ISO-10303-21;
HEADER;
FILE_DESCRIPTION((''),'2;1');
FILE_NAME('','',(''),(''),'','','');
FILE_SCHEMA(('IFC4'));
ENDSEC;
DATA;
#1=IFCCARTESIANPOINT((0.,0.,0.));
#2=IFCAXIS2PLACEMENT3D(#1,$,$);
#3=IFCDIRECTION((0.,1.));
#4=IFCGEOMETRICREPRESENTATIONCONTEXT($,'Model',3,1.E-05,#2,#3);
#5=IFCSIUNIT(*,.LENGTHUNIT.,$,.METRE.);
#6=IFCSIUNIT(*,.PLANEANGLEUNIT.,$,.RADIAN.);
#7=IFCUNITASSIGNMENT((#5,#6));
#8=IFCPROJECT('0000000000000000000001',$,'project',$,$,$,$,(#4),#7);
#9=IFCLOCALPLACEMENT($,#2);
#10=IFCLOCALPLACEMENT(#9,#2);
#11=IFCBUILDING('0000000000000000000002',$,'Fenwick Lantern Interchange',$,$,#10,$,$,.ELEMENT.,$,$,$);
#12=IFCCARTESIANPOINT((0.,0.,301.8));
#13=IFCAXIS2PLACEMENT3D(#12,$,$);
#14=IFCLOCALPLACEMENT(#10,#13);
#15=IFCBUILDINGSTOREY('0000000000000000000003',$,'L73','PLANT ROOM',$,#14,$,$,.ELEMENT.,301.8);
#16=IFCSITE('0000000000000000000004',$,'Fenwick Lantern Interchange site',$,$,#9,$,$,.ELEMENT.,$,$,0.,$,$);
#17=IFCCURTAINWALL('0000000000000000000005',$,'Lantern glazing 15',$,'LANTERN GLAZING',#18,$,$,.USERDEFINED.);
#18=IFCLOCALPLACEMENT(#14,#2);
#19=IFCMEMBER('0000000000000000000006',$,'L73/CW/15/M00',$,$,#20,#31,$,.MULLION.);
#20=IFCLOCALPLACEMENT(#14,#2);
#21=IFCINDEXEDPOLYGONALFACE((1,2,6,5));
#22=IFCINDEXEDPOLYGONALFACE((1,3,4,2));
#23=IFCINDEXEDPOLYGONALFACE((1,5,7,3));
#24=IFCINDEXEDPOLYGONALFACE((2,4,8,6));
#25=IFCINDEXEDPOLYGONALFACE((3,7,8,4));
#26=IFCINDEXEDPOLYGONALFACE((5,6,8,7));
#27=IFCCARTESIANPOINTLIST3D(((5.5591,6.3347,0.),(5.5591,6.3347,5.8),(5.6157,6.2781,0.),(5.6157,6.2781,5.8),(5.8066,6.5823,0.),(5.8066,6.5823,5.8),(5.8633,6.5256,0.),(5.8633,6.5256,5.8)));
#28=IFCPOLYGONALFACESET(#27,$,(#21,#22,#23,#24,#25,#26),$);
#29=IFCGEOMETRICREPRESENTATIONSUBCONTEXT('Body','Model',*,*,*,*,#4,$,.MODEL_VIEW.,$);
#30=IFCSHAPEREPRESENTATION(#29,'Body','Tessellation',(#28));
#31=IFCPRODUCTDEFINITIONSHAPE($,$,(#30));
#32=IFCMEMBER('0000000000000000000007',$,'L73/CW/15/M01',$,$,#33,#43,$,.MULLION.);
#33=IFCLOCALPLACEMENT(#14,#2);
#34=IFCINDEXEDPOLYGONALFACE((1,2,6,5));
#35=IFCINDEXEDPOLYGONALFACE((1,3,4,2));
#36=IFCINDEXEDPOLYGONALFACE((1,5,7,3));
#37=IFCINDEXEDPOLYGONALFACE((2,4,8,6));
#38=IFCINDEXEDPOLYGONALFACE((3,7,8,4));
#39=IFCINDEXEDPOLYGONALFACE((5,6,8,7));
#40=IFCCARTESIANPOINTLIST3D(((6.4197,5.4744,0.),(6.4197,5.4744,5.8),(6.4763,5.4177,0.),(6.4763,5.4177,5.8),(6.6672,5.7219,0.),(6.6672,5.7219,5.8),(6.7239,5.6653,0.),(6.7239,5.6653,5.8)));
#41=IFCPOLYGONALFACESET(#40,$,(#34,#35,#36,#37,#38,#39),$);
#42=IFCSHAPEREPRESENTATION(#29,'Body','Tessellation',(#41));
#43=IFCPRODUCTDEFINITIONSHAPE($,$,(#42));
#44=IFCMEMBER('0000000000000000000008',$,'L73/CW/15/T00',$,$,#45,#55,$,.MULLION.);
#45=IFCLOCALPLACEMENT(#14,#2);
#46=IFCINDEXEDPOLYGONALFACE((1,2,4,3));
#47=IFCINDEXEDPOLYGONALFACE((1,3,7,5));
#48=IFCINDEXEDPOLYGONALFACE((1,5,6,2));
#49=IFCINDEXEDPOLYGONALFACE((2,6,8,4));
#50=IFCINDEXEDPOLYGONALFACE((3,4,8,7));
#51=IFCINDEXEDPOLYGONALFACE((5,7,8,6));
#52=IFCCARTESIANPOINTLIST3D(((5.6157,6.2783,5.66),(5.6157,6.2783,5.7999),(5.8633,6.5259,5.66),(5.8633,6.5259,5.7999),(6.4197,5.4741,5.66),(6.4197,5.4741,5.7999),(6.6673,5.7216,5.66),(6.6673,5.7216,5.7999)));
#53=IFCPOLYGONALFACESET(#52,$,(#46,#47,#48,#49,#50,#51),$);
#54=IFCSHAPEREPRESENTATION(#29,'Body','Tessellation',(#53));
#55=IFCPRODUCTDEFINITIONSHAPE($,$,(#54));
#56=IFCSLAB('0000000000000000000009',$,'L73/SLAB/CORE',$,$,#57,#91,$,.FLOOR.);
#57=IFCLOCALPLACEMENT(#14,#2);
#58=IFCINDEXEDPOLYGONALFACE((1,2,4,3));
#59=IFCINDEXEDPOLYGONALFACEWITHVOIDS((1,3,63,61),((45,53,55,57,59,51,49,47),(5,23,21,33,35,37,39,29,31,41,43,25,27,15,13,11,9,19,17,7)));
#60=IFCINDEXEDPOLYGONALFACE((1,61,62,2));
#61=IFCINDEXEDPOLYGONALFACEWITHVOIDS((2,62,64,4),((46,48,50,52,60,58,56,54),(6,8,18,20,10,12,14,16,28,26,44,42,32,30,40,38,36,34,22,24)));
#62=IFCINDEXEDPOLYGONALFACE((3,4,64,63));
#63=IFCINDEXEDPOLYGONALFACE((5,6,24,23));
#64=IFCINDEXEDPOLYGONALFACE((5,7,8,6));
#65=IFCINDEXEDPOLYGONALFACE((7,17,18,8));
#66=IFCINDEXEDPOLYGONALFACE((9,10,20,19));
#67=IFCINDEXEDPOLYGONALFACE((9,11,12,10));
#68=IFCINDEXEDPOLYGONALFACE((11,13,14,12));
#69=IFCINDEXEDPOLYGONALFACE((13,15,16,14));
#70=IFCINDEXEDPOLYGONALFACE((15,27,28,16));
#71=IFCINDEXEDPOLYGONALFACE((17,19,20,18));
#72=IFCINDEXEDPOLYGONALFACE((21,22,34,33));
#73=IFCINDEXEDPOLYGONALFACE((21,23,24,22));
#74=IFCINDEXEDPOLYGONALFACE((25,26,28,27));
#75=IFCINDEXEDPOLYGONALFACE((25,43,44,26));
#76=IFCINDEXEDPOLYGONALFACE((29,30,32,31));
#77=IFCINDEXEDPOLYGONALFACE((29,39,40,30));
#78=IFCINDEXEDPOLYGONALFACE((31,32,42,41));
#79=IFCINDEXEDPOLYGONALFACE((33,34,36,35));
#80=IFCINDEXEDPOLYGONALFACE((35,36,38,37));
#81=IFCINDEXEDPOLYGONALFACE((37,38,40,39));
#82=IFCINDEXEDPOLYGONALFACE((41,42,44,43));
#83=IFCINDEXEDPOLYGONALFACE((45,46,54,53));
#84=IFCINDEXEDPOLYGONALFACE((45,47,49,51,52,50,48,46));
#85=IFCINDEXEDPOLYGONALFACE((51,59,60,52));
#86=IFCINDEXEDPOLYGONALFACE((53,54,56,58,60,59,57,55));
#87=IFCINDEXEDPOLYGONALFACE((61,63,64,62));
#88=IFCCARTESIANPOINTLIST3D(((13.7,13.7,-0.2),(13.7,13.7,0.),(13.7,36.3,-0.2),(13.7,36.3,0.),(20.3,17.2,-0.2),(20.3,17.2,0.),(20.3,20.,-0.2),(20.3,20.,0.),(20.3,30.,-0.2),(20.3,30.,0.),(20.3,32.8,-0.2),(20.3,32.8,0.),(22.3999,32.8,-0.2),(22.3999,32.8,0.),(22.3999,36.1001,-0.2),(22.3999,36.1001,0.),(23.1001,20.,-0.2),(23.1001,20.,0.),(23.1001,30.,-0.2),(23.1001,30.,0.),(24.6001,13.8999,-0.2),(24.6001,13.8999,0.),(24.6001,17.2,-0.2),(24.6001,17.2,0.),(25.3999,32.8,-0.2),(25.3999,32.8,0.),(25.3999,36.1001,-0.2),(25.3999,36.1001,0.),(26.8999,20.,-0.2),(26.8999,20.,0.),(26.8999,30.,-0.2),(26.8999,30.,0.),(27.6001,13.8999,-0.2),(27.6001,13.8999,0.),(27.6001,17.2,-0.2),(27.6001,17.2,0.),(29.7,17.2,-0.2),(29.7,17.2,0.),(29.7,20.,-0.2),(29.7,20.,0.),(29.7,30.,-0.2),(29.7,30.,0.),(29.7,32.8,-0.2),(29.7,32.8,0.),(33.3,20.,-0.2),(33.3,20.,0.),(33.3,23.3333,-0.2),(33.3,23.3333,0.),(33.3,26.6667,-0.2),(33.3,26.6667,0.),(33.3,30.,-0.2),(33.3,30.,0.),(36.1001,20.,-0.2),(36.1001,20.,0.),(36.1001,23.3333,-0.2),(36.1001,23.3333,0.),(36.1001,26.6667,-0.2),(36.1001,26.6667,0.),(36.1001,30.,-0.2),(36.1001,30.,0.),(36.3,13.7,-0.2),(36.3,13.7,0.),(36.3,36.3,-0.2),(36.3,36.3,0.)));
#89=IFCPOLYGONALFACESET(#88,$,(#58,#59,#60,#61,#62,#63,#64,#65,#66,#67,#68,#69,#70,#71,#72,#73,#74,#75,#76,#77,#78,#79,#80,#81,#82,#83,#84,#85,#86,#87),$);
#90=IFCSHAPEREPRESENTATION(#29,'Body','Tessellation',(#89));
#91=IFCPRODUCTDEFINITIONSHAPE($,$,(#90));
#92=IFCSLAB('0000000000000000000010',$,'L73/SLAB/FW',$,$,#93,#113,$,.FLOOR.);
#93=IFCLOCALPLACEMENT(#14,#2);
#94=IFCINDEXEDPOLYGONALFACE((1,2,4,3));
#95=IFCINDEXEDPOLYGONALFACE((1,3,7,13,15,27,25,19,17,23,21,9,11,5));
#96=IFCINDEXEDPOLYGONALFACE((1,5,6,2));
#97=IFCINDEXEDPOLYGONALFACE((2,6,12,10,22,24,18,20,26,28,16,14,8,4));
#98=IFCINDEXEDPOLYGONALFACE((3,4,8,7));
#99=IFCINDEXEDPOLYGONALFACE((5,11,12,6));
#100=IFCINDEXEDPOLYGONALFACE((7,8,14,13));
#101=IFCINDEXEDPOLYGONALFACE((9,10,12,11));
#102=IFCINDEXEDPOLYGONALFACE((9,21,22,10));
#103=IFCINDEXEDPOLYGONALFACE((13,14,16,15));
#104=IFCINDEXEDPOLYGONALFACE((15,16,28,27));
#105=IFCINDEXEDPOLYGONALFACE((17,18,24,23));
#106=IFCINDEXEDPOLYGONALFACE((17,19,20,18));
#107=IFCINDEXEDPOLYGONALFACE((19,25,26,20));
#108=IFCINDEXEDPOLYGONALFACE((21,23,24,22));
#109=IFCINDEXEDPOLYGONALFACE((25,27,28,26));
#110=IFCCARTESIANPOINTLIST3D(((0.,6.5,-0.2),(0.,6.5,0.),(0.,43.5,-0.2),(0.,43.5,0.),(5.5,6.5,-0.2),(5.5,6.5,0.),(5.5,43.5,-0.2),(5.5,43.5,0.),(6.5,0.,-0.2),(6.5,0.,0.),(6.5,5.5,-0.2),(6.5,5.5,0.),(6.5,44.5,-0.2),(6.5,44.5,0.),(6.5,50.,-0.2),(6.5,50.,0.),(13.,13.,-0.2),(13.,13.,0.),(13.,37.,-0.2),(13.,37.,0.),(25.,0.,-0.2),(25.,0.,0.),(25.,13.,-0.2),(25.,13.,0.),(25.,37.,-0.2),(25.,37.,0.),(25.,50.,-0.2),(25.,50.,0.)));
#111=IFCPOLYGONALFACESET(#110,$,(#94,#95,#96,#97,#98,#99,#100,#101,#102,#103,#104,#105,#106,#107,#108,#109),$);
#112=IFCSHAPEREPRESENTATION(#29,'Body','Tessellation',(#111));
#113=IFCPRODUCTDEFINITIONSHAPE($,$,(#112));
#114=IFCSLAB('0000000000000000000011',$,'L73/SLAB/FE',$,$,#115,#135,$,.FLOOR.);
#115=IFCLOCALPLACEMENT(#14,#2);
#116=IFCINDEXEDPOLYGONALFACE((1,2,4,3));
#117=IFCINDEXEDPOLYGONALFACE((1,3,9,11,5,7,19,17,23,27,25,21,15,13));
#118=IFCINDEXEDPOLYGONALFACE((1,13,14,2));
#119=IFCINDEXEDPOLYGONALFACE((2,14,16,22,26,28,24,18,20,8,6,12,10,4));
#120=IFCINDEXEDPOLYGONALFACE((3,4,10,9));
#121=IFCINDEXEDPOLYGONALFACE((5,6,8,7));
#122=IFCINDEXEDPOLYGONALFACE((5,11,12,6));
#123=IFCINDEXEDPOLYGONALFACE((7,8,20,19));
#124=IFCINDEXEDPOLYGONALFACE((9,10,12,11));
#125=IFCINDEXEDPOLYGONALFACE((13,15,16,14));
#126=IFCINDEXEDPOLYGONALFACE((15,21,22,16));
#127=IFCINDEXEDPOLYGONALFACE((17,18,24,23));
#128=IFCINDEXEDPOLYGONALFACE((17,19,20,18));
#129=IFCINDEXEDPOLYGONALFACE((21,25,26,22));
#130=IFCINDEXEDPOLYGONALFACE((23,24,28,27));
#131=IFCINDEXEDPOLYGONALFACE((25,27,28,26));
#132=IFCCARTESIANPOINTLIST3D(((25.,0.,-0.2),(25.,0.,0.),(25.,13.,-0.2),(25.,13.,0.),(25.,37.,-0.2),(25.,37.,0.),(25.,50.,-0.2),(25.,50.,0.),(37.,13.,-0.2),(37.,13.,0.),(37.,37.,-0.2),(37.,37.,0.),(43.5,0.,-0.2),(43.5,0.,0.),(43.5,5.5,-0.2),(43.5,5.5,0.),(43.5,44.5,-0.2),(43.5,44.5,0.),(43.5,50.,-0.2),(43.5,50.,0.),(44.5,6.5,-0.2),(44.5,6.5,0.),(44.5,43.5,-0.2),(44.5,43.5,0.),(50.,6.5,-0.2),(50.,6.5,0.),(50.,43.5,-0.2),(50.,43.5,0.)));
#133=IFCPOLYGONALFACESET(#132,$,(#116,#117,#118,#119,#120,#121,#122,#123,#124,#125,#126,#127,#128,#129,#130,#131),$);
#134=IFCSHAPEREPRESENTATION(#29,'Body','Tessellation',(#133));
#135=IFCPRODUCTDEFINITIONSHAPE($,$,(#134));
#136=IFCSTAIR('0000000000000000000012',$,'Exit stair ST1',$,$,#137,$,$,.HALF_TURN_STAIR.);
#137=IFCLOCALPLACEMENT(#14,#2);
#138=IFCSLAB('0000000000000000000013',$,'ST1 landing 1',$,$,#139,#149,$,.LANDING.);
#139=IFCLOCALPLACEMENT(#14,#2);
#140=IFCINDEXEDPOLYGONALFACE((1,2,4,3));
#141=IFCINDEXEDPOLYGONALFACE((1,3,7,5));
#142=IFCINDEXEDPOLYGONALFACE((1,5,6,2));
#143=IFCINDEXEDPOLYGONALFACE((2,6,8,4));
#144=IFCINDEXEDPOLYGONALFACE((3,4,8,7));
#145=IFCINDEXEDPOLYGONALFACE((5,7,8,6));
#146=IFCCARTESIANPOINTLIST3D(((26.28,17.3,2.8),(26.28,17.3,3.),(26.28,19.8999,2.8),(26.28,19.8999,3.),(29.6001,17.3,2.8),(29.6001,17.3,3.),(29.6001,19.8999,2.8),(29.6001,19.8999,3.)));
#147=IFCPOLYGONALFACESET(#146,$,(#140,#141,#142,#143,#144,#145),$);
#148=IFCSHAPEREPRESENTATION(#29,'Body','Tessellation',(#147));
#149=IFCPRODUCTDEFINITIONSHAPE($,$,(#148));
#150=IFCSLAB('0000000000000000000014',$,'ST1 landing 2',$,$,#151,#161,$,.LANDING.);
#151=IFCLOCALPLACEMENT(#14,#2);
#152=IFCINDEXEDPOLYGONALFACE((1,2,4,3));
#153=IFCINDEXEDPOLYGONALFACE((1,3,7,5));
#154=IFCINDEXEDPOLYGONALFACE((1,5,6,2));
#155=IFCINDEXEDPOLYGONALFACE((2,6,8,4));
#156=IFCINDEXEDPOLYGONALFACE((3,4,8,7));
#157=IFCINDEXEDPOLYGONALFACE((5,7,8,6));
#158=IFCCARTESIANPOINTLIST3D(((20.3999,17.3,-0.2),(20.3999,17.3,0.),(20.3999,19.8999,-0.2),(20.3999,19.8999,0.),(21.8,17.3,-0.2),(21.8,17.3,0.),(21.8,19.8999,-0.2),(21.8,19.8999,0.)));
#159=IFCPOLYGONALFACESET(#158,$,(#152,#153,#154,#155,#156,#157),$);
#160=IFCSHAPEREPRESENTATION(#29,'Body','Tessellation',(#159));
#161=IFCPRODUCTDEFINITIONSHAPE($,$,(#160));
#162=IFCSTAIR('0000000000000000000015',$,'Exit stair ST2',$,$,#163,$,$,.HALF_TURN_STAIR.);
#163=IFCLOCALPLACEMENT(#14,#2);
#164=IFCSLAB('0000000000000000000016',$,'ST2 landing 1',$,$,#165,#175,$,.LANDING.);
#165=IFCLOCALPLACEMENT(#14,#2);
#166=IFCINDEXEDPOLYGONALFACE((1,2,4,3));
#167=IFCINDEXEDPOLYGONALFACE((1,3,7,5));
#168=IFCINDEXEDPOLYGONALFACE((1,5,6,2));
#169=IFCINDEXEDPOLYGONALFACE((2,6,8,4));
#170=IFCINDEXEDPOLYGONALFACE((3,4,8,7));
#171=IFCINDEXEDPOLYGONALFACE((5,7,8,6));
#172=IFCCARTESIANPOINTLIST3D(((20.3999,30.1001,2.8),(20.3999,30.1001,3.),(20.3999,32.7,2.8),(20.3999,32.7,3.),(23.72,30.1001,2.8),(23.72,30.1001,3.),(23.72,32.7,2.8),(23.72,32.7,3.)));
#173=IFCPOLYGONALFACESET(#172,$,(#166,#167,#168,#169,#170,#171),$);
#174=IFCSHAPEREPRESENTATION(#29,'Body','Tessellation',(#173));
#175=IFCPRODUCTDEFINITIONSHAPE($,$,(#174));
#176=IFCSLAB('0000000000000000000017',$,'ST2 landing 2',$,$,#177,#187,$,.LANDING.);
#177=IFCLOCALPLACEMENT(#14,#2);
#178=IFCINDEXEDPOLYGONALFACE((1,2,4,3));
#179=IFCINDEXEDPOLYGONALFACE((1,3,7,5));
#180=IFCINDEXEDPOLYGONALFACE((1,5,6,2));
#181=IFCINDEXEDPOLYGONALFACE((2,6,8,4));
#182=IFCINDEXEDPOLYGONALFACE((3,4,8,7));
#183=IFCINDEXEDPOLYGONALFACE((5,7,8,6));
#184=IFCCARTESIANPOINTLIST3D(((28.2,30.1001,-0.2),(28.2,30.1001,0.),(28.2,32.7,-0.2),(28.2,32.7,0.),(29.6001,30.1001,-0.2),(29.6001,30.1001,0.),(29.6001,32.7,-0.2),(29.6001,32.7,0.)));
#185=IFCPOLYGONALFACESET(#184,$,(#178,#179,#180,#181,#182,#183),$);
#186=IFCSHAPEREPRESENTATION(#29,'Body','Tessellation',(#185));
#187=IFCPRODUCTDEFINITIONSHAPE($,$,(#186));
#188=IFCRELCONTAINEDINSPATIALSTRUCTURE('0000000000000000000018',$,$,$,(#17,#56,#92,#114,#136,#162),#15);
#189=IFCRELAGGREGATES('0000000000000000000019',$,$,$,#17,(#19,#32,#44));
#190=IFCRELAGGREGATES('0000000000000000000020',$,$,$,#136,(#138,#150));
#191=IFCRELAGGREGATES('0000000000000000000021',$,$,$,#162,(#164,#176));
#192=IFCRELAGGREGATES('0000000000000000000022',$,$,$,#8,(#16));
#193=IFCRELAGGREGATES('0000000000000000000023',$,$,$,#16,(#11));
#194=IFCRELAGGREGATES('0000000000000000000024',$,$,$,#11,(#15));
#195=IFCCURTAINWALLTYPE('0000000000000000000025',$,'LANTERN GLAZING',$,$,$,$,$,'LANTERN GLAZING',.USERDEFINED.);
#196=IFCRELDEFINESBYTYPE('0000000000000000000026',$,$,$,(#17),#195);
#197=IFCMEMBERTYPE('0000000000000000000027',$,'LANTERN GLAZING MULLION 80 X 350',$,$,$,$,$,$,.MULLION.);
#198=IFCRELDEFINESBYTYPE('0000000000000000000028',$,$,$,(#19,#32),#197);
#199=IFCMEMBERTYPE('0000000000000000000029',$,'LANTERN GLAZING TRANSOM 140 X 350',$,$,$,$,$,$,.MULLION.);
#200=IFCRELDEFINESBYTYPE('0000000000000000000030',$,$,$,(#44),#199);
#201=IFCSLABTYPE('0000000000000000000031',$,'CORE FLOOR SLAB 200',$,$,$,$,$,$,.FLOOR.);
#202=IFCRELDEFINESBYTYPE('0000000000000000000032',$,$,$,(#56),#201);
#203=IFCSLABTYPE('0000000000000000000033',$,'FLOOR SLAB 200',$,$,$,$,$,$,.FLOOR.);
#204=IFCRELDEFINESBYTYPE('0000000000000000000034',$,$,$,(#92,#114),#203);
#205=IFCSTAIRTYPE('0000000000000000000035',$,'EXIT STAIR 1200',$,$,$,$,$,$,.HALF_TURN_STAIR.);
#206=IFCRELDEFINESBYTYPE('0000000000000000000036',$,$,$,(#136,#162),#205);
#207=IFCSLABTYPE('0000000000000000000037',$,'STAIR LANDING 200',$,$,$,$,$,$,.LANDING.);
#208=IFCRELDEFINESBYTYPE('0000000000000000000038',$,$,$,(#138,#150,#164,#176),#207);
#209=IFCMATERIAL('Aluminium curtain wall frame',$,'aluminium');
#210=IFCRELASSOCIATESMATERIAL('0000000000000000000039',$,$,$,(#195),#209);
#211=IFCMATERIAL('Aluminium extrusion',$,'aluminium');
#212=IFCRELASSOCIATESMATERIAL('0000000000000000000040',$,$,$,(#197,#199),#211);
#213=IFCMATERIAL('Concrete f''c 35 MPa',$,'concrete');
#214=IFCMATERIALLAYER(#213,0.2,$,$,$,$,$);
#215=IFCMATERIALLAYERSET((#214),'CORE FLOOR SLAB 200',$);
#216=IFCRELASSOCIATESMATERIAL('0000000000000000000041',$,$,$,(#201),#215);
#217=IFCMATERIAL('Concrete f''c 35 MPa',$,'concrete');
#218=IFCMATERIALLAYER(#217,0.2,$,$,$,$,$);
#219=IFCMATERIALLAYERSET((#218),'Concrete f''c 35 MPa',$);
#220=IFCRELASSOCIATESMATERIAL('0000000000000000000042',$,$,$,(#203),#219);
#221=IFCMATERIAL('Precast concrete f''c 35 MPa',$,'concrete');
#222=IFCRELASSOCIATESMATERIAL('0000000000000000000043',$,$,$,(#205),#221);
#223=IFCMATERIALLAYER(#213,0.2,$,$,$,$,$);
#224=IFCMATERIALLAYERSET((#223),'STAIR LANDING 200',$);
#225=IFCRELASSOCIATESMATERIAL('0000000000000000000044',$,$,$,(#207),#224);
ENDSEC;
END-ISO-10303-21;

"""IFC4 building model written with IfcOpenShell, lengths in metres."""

from ifc_helpers import new_model, si_unit, direction, frame, origin, origin_2d, place, context, subcontext, project, spatial, polyline, rectangle, outline, extrude, material, layer, layer_set, material_profile, profile_set, type_object, element, aggregate, save


model = new_model("IFC4")

# Units and contexts
model_context = context("Model", 3, precision=1e-05, world=origin(), true_north=direction((0.0, 1.0)))
body_context = subcontext(model_context, "Body", "Model", "MODEL_VIEW")
ifc_project = project(units=[si_unit("LENGTHUNIT", "METRE"), si_unit("PLANEANGLEUNIT", "RADIAN")], contexts=[model_context])

# Site, building, storey
site_placement = place(None, origin())
site = spatial("IfcSite", under=ifc_project, at=site_placement, Name="Fenwick Lantern Interchange site", CompositionType="ELEMENT", RefElevation=0.0)
building_placement = place(site_placement, origin())
building = spatial("IfcBuilding", under=site, at=building_placement, Name="Fenwick Lantern Interchange", CompositionType="ELEMENT")
storey_placement = place(building_placement, frame((0.0, 0.0, 301.8)))
storey = spatial("IfcBuildingStorey", under=building, at=storey_placement, Name="L73", Description="PLANT ROOM", CompositionType="ELEMENT", Elevation=301.8)

# Curtain wall, members
ifc_material_1 = material(Name="Aluminium curtain wall frame", Category="aluminium")
curtain_wall_type = type_object("IfcCurtainWallType", Name="LANTERN GLAZING", ElementType="LANTERN GLAZING", PredefinedType="USERDEFINED", material=ifc_material_1)
curtain_wall_1_placement = place(storey_placement, origin())
curtain_wall_1 = element("IfcCurtainWall", 1, at=curtain_wall_1_placement, inside=storey, type_object=curtain_wall_type, Name="Lantern glazing 15", ObjectType="LANTERN GLAZING", PredefinedType="USERDEFINED")
ifc_material_2 = material(Name="Aluminium extrusion", Category="aluminium")
ifc_material_profile_1 = material_profile(ifc_material_2, rectangle(XDim=0.3501, YDim=0.0801, at=origin_2d()), Name="LANTERN GLAZING MULLION 80 X 350")
ifc_profile_set_1 = profile_set([ifc_material_profile_1], Name="Aluminium extrusion")
member_type_1 = type_object("IfcMemberType", Name="LANTERN GLAZING MULLION 80 X 350", PredefinedType="MULLION", material=ifc_profile_set_1)
member_1_placement = place(storey_placement, frame((5.7112, 6.4302, 0.0), z_axis=(0.0, 0.0, 1.0), x_axis=(0.707107, 0.707107, 0.0)))
member_1 = element("IfcMember", 2, at=member_1_placement, type_object=member_type_1, Name="L73/CW/15/M00", PredefinedType="MULLION", context=body_context, shape_type="SweptSolid", body=[
    extrude(rectangle(XDim=0.3501, YDim=0.0801, at=origin_2d()), origin(), (0.0, 0.0, 1.0), 5.8),
])
member_2_placement = place(storey_placement, frame((6.5718, 5.5698, 0.0), z_axis=(0.0, 0.0, 1.0), x_axis=(0.707107, 0.707107, 0.0)))
member_2 = element("IfcMember", 3, at=member_2_placement, type_object=member_type_1, Name="L73/CW/15/M01", PredefinedType="MULLION", context=body_context, shape_type="SweptSolid", body=[
    extrude(rectangle(XDim=0.3501, YDim=0.0801, at=origin_2d()), origin(), (0.0, 0.0, 1.0), 5.8),
])
ifc_material_profile_2 = material_profile(ifc_material_2, rectangle(XDim=0.3501, YDim=0.1399, at=origin_2d()), Name="LANTERN GLAZING TRANSOM 140 X 350")
ifc_profile_set_2 = profile_set([ifc_material_profile_2], Name="Aluminium extrusion")
member_type_2 = type_object("IfcMemberType", Name="LANTERN GLAZING TRANSOM 140 X 350", PredefinedType="MULLION", material=ifc_profile_set_2)
member_3_placement = place(storey_placement, frame((5.7395, 6.4021, 5.73), z_axis=(0.706999, -0.707214, 0.0), x_axis=(0.707214, 0.706999, 0.0)))
member_3 = element("IfcMember", 4, at=member_3_placement, type_object=member_type_2, Name="L73/CW/15/T00", PredefinedType="MULLION", context=body_context, shape_type="SweptSolid", body=[
    extrude(rectangle(XDim=0.3501, YDim=0.1399, at=origin_2d()), origin(), (0.0, 0.0, 1.0), 1.1372),
])
aggregate(curtain_wall_1, [member_1, member_2, member_3])

# Slabs
ifc_material_3 = material(Name="Concrete f'c 35 MPa", Category="concrete")
ifc_layer_1 = layer(ifc_material_3, 0.2)
ifc_layer_set_1 = layer_set([ifc_layer_1], Name="CORE FLOOR SLAB 200")
slab_type_1 = type_object("IfcSlabType", Name="CORE FLOOR SLAB 200", PredefinedType="FLOOR", material=ifc_layer_set_1)
slab_1_placement = place(storey_placement, frame((0.0, 0.0, -0.2)))
element("IfcSlab", 5, at=slab_1_placement, inside=storey, type_object=slab_type_1, Name="L73/SLAB/CORE", PredefinedType="FLOOR", context=body_context, shape_type="SweptSolid", body=[
    extrude(outline(polyline([(13.7, 36.3), (36.3, 36.3), (36.3, 13.7), (13.7, 13.7), (13.7, 36.3)]), holes=[polyline([(24.6001, 13.8999), (27.6001, 13.8999), (27.6001, 17.2), (29.7, 17.2), (29.7, 20.0), (26.8999, 20.0), (26.8999, 30.0), (29.7, 30.0), (29.7, 32.8), (25.3999, 32.8), (25.3999, 36.1001), (22.3999, 36.1001), (22.3999, 32.8), (20.3, 32.8), (20.3, 30.0), (23.1001, 30.0), (23.1001, 20.0), (20.3, 20.0), (20.3, 17.2), (24.6001, 17.2), (24.6001, 13.8999)]), polyline([(33.3, 20.0), (36.1001, 20.0), (36.1001, 23.3333), (36.1001, 26.6667), (36.1001, 30.0), (33.3, 30.0), (33.3, 26.6667), (33.3, 23.3333), (33.3, 20.0)])]), origin(), (0.0, 0.0, 1.0), 0.2),
])
ifc_material_4 = material(Name="Concrete f'c 35 MPa", Category="concrete")
ifc_layer_2 = layer(ifc_material_4, 0.2)
ifc_layer_set_2 = layer_set([ifc_layer_2], Name="Concrete f'c 35 MPa")
slab_type_2 = type_object("IfcSlabType", Name="FLOOR SLAB 200", PredefinedType="FLOOR", material=ifc_layer_set_2)
slab_2_placement = place(storey_placement, frame((0.0, 0.0, -0.2)))
element("IfcSlab", 6, at=slab_2_placement, inside=storey, type_object=slab_type_2, Name="L73/SLAB/FW", PredefinedType="FLOOR", context=body_context, shape_type="SweptSolid", body=[
    extrude(outline(polyline([(6.5, 0.0), (6.5, 5.5), (5.5, 6.5), (0.0, 6.5), (0.0, 43.5), (5.5, 43.5), (6.5, 44.5), (6.5, 50.0), (25.0, 50.0), (25.0, 37.0), (13.0, 37.0), (13.0, 13.0), (25.0, 13.0), (25.0, 0.0), (6.5, 0.0)])), origin(), (0.0, 0.0, 1.0), 0.2),
])
slab_3_placement = place(storey_placement, frame((0.0, 0.0, -0.2)))
element("IfcSlab", 7, at=slab_3_placement, inside=storey, type_object=slab_type_2, Name="L73/SLAB/FE", PredefinedType="FLOOR", context=body_context, shape_type="SweptSolid", body=[
    extrude(outline(polyline([(43.5, 50.0), (43.5, 44.5), (44.5, 43.5), (50.0, 43.5), (50.0, 6.5), (44.5, 6.5), (43.5, 5.5), (43.5, 0.0), (25.0, 0.0), (25.0, 13.0), (37.0, 13.0), (37.0, 37.0), (25.0, 37.0), (25.0, 50.0), (43.5, 50.0)])), origin(), (0.0, 0.0, 1.0), 0.2),
])

# Stairs, slabs
ifc_material_5 = material(Name="Precast concrete f'c 35 MPa", Category="concrete")
stair_type = type_object("IfcStairType", Name="EXIT STAIR 1200", PredefinedType="HALF_TURN_STAIR", material=ifc_material_5)
stair_1_placement = place(storey_placement, origin())
stair_1 = element("IfcStair", 8, at=stair_1_placement, inside=storey, type_object=stair_type, Name="Exit stair ST1", PredefinedType="HALF_TURN_STAIR")
ifc_layer_3 = layer(ifc_material_3, 0.2)
ifc_layer_set_3 = layer_set([ifc_layer_3], Name="STAIR LANDING 200")
slab_type_3 = type_object("IfcSlabType", Name="STAIR LANDING 200", PredefinedType="LANDING", material=ifc_layer_set_3)
slab_4_placement = place(storey_placement, frame((0.0, 0.0, 2.8)))
slab_4 = element("IfcSlab", 9, at=slab_4_placement, type_object=slab_type_3, Name="ST1 landing 1", PredefinedType="LANDING", context=body_context, shape_type="SweptSolid", body=[
    extrude(outline(polyline([(26.28, 17.3), (29.6001, 17.3), (29.6001, 19.8999), (26.28, 19.8999), (26.28, 17.3)])), origin(), (0.0, 0.0, 1.0), 0.2),
])
slab_5_placement = place(storey_placement, frame((0.0, 0.0, -0.2)))
slab_5 = element("IfcSlab", 10, at=slab_5_placement, type_object=slab_type_3, Name="ST1 landing 2", PredefinedType="LANDING", context=body_context, shape_type="SweptSolid", body=[
    extrude(outline(polyline([(20.3999, 17.3), (21.8, 17.3), (21.8, 19.8999), (20.3999, 19.8999), (20.3999, 17.3)])), origin(), (0.0, 0.0, 1.0), 0.2),
])
aggregate(stair_1, [slab_4, slab_5])
stair_2_placement = place(storey_placement, origin())
stair_2 = element("IfcStair", 11, at=stair_2_placement, inside=storey, type_object=stair_type, Name="Exit stair ST2", PredefinedType="HALF_TURN_STAIR")
slab_6_placement = place(storey_placement, frame((0.0, 0.0, 2.8)))
slab_6 = element("IfcSlab", 12, at=slab_6_placement, type_object=slab_type_3, Name="ST2 landing 1", PredefinedType="LANDING", context=body_context, shape_type="SweptSolid", body=[
    extrude(outline(polyline([(23.72, 32.7), (20.3999, 32.7), (20.3999, 30.1001), (23.72, 30.1001), (23.72, 32.7)])), origin(), (0.0, 0.0, 1.0), 0.2),
])
slab_7_placement = place(storey_placement, frame((0.0, 0.0, -0.2)))
slab_7 = element("IfcSlab", 13, at=slab_7_placement, type_object=slab_type_3, Name="ST2 landing 2", PredefinedType="LANDING", context=body_context, shape_type="SweptSolid", body=[
    extrude(outline(polyline([(29.6001, 32.7), (28.2, 32.7), (28.2, 30.1001), (29.6001, 30.1001), (29.6001, 32.7)])), origin(), (0.0, 0.0, 1.0), 0.2),
])
aggregate(stair_2, [slab_6, slab_7])

save(model, "model.ifc")
